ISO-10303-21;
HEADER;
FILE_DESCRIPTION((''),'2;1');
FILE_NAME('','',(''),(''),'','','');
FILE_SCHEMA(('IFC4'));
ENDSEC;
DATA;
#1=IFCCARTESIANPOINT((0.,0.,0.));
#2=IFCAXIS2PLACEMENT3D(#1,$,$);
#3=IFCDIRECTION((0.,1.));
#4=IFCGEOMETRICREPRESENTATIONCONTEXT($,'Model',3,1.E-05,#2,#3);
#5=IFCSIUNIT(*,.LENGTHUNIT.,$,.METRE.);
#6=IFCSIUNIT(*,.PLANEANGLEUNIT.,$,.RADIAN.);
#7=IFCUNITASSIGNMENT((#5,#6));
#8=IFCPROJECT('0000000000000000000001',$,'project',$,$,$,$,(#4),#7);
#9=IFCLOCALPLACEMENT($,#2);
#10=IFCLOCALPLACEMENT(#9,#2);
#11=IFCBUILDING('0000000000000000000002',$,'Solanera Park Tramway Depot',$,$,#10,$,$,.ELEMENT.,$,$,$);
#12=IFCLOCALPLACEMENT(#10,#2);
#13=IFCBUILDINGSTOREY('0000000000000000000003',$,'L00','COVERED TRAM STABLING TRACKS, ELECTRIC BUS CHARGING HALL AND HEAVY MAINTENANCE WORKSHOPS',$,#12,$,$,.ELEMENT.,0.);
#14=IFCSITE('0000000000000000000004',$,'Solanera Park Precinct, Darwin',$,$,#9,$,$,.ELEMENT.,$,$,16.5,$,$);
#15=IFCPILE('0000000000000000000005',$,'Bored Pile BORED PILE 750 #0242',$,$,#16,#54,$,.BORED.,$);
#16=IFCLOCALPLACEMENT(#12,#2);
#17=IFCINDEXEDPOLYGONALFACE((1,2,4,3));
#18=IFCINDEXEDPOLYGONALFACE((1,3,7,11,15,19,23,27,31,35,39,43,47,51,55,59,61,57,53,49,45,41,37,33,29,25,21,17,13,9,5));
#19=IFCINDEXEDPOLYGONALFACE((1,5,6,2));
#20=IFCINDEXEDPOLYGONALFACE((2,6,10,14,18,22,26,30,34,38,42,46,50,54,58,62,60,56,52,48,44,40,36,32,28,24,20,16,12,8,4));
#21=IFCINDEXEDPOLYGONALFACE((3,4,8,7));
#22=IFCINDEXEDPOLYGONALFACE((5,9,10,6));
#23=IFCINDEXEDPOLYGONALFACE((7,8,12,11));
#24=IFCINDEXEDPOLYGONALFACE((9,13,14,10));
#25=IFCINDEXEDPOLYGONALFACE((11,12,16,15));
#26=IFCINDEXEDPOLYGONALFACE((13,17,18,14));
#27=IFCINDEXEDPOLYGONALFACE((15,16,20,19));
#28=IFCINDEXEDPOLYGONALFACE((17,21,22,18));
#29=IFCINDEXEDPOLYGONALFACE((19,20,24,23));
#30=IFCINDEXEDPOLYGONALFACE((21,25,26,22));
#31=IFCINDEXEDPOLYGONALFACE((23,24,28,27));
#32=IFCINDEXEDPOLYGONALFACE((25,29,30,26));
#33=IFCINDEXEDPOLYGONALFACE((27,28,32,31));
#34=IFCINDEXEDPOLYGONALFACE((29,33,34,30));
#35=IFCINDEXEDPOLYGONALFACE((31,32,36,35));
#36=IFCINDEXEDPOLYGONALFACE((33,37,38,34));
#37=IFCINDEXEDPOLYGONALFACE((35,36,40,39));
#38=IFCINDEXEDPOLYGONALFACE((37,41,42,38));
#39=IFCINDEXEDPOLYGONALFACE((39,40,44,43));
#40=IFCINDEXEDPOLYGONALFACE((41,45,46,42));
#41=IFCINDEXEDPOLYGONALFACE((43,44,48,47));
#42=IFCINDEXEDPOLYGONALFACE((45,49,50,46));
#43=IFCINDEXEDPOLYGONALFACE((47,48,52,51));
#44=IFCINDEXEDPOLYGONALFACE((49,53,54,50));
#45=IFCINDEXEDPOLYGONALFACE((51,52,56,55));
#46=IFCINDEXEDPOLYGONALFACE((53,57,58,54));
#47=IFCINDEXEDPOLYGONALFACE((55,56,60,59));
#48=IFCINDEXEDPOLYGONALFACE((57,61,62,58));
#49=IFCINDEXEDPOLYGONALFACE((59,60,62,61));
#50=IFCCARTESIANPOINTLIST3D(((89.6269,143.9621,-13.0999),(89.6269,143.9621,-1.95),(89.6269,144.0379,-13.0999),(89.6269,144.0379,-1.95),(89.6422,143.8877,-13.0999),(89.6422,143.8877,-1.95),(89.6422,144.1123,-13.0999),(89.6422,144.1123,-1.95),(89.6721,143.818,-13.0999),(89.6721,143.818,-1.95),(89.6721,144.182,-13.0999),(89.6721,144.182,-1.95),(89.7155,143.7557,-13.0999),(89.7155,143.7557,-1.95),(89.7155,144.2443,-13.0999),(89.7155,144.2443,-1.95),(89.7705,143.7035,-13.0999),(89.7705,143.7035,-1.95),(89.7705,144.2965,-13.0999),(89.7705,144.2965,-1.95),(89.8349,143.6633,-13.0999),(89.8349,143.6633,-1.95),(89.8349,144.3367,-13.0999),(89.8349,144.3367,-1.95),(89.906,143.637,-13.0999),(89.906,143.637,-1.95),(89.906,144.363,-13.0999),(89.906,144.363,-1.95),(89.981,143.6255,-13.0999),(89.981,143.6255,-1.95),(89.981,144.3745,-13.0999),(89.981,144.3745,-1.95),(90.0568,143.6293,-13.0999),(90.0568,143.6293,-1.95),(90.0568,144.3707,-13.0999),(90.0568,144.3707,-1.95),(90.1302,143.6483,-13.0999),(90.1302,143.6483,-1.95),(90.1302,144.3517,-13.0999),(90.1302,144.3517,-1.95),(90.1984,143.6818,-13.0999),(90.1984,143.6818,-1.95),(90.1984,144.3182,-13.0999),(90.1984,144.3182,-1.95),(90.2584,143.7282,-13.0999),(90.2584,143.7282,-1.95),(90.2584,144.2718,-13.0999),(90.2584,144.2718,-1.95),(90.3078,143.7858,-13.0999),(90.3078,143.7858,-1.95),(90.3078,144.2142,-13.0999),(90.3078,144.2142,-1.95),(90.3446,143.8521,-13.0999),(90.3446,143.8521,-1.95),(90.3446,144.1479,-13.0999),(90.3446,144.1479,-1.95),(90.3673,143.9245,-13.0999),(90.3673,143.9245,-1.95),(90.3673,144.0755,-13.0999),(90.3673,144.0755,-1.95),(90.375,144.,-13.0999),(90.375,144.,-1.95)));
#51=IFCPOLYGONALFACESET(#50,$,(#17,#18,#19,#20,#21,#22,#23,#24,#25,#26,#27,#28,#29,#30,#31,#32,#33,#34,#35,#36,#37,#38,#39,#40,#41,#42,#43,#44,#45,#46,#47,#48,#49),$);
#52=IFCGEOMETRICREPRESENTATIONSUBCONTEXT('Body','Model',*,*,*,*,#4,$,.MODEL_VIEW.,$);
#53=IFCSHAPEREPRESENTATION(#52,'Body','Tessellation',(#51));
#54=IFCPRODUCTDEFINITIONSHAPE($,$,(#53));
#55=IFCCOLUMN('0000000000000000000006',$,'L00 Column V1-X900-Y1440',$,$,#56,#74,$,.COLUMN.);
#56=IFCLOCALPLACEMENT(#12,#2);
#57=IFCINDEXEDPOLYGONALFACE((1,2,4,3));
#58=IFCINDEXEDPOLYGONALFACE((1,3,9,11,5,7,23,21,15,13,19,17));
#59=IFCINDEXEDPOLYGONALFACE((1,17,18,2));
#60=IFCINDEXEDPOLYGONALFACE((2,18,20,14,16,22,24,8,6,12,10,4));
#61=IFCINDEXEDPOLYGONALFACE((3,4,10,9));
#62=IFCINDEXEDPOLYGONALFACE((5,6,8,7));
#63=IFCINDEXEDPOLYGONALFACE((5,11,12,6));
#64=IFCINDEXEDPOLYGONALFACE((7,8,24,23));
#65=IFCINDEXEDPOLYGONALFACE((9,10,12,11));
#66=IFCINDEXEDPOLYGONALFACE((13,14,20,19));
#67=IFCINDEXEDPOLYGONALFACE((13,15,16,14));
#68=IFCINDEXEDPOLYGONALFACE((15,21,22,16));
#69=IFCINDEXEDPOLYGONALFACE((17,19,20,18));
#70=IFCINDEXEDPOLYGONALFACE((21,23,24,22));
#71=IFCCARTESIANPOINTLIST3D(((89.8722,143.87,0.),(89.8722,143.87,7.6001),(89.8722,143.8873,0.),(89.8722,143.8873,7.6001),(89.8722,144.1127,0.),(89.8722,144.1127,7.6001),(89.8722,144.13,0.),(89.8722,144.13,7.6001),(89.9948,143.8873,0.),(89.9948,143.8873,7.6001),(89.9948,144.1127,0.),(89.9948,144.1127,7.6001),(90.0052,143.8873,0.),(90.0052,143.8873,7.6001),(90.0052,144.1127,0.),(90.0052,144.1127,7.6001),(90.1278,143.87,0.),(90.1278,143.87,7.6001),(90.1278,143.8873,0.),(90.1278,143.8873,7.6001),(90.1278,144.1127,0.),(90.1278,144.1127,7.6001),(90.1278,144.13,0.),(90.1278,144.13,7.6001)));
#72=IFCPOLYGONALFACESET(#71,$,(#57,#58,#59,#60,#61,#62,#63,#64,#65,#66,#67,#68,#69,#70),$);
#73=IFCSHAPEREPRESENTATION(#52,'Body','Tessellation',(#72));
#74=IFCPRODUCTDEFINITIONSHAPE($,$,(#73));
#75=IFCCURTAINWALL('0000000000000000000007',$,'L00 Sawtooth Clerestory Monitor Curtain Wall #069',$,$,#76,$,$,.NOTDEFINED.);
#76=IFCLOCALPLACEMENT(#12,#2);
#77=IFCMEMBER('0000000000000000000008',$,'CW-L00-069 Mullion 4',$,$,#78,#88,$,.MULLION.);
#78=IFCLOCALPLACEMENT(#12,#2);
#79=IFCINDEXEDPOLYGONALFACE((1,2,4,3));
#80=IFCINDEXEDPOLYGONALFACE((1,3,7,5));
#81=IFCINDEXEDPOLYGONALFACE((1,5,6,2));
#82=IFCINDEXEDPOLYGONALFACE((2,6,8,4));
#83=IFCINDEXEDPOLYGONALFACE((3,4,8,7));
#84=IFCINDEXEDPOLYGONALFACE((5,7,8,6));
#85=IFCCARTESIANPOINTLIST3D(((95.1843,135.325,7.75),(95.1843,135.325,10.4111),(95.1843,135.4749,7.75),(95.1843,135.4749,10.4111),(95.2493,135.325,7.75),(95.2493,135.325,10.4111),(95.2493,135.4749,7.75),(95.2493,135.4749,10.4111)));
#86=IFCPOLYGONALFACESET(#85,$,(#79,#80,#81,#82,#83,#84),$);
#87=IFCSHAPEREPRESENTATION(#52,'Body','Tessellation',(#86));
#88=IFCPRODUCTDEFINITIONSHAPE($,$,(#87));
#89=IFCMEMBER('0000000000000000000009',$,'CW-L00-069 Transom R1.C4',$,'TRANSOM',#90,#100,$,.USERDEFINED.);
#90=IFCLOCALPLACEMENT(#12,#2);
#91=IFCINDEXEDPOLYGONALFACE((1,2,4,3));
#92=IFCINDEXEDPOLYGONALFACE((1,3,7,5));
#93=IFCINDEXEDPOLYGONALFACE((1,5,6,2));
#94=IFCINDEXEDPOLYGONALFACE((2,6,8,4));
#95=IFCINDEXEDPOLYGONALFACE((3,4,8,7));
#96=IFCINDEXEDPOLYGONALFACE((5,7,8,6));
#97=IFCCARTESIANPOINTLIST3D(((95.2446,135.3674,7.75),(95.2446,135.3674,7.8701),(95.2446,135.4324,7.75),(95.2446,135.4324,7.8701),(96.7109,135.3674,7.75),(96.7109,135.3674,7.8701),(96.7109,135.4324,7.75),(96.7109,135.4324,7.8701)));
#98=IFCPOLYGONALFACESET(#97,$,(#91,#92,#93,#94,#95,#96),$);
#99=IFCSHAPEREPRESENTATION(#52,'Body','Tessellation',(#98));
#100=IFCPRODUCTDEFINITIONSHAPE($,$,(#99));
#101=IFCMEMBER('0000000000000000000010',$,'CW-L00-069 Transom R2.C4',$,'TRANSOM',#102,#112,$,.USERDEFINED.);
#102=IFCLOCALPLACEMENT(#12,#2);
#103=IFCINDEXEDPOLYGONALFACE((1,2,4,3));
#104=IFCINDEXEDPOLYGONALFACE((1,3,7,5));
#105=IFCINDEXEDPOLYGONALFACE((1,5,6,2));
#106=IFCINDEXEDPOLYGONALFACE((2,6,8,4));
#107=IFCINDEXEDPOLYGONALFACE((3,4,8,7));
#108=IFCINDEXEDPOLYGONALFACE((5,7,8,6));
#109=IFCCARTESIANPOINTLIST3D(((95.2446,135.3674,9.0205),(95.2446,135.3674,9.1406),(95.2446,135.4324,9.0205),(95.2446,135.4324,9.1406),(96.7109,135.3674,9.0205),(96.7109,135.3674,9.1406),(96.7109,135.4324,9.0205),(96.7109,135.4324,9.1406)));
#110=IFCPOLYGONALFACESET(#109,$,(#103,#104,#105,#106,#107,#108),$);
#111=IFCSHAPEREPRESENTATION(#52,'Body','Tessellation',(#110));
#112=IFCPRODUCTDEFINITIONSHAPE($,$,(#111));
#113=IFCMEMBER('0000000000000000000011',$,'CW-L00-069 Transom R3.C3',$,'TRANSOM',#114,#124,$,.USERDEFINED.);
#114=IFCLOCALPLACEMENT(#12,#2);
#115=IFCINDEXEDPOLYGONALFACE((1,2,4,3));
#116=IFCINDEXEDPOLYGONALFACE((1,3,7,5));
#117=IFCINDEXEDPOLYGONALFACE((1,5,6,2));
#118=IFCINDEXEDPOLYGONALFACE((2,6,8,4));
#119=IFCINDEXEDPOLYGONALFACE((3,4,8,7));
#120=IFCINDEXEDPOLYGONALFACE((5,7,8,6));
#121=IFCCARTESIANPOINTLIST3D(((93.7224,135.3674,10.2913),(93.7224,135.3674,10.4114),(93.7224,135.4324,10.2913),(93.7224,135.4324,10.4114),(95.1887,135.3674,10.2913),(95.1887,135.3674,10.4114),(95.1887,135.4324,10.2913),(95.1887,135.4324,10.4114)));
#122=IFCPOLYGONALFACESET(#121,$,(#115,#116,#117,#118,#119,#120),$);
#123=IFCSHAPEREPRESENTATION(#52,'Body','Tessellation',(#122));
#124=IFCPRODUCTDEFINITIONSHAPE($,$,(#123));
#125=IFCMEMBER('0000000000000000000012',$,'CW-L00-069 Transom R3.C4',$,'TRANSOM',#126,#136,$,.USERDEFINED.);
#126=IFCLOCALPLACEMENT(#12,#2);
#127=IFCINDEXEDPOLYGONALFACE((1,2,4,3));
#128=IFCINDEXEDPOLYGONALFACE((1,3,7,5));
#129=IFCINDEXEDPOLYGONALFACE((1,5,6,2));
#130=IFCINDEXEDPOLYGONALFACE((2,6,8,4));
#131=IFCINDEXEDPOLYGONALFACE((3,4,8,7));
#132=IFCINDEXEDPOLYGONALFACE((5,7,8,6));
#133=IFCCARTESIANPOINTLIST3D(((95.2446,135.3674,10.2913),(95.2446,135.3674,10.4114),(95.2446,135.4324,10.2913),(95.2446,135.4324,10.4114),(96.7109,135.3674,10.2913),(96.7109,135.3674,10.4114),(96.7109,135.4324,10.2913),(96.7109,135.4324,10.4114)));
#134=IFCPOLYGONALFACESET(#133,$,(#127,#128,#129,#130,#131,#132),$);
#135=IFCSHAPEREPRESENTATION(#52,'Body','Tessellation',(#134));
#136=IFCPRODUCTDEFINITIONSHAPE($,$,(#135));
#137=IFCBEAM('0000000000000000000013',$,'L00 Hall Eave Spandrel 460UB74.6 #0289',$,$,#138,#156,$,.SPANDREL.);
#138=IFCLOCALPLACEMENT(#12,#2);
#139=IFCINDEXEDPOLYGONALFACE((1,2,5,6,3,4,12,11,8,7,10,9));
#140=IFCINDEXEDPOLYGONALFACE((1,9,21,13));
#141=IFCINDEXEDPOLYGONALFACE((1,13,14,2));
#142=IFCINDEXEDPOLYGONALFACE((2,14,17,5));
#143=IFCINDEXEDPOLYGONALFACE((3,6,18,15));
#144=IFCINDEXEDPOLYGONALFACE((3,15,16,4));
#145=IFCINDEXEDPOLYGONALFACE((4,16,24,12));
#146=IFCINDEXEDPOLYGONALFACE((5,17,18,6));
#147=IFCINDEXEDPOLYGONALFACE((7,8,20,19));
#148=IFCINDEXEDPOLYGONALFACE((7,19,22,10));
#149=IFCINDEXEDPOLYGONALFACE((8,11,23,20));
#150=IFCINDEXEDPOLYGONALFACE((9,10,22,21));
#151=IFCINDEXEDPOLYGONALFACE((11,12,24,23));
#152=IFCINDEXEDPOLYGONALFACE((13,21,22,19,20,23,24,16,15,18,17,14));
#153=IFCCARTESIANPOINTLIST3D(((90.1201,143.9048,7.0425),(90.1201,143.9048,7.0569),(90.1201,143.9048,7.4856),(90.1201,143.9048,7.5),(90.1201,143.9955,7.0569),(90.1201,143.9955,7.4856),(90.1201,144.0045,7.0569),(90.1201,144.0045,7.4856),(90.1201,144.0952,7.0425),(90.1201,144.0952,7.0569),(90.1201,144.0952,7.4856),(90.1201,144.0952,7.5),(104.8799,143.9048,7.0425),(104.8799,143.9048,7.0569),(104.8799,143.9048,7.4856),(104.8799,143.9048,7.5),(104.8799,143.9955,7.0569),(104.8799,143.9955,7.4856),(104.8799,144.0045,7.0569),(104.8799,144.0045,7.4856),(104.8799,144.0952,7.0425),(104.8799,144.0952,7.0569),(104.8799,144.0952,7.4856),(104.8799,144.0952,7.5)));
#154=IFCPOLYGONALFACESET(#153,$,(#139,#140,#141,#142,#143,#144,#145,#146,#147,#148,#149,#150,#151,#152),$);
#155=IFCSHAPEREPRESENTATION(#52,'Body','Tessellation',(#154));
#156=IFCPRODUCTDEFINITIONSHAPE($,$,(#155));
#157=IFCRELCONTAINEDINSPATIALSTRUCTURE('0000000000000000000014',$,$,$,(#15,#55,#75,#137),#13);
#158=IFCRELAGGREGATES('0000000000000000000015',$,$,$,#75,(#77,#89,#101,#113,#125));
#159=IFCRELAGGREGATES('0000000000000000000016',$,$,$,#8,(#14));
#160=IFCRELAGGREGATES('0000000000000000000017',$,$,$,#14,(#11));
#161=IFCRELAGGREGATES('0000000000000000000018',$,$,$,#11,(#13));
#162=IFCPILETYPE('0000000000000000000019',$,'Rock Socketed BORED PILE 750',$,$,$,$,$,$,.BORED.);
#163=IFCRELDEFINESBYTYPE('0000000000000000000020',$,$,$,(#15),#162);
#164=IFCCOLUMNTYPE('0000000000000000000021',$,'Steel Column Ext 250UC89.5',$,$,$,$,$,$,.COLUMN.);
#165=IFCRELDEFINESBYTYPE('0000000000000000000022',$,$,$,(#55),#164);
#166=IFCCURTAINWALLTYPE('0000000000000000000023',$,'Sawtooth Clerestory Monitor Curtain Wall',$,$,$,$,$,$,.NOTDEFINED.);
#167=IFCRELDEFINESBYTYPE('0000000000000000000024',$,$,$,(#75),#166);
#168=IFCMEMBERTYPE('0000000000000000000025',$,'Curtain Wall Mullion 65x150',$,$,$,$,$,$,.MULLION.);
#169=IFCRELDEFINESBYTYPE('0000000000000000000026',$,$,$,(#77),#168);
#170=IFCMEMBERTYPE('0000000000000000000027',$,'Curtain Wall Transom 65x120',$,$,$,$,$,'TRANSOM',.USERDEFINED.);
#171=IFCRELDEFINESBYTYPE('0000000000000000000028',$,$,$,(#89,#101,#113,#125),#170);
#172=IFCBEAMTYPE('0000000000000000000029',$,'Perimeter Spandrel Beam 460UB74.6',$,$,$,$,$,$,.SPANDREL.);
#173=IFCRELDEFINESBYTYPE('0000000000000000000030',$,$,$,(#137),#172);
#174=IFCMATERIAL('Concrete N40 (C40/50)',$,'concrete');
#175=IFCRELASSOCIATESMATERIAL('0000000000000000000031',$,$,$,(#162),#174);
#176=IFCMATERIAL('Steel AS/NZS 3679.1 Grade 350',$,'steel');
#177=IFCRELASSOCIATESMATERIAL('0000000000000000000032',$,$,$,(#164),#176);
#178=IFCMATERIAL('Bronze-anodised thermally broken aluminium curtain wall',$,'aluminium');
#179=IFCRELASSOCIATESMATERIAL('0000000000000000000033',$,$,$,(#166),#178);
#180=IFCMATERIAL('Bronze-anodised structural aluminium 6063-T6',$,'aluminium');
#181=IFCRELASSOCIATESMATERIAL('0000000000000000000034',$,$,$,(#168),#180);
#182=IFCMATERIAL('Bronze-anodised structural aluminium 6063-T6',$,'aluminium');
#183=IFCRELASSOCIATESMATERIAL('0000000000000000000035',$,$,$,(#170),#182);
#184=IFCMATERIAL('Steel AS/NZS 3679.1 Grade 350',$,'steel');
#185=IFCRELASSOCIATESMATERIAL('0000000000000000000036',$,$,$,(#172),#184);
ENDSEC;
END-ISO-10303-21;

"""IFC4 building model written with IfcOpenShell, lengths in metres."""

from ifc_helpers import new_model, si_unit, direction, frame, origin, origin_2d, place, context, subcontext, project, spatial, rectangle, circle, i_section, extrude, material, material_profile, profile_set, type_object, element, aggregate, save


model = new_model("IFC4")

# Units and contexts
model_context = context("Model", 3, precision=1e-05, world=origin(), true_north=direction((0.0, 1.0)))
body_context = subcontext(model_context, "Body", "Model", "MODEL_VIEW")
ifc_project = project(units=[si_unit("LENGTHUNIT", "METRE"), si_unit("PLANEANGLEUNIT", "RADIAN")], contexts=[model_context])

# Site, building, storey
site_placement = place(None, origin())
site = spatial("IfcSite", under=ifc_project, at=site_placement, Name="Solanera Park Precinct, Darwin", CompositionType="ELEMENT", RefElevation=16.5)
building_placement = place(site_placement, origin())
building = spatial("IfcBuilding", under=site, at=building_placement, Name="Solanera Park Tramway Depot", CompositionType="ELEMENT")
storey_placement = place(building_placement, origin())
storey = spatial("IfcBuildingStorey", under=building, at=storey_placement, Name="L00", Description="COVERED TRAM STABLING TRACKS, ELECTRIC BUS CHARGING HALL AND HEAVY MAINTENANCE WORKSHOPS", CompositionType="ELEMENT", Elevation=0.0)

# Pile
ifc_material_1 = material(Name="Concrete N40 (C40/50)", Category="concrete")
ifc_material_profile_1 = material_profile(ifc_material_1, circle(Radius=0.375, at=origin_2d()), Name="BORED PILE 750")
ifc_profile_set_1 = profile_set([ifc_material_profile_1], Name="Concrete N40 (C40/50)")
pile_type = type_object("IfcPileType", Name="Rock Socketed BORED PILE 750", PredefinedType="BORED", material=ifc_profile_set_1)
pile_placement = place(storey_placement, frame((90.0, 144.0, -1.95), z_axis=(0.0, 0.0, -1.0), x_axis=(1.0, 0.0, 0.0)))
element("IfcPile", 1, at=pile_placement, inside=storey, type_object=pile_type, Name="Bored Pile BORED PILE 750 #0242", PredefinedType="BORED", context=body_context, shape_type="SweptSolid", body=[
    extrude(circle(Radius=0.375, at=origin_2d()), origin(), (0.0, 0.0, 1.0), 11.1499),
])

# Column
ifc_material_2 = material(Name="Steel AS/NZS 3679.1 Grade 350", Category="steel")
ifc_material_profile_2 = material_profile(ifc_material_2, i_section(OverallWidth=0.2556, OverallDepth=0.26, WebThickness=0.0105, FlangeThickness=0.0173, at=origin_2d()), Name="250UC89.5")
ifc_profile_set_2 = profile_set([ifc_material_profile_2], Name="Steel AS/NZS 3679.1 Grade 350")
column_type = type_object("IfcColumnType", Name="Steel Column Ext 250UC89.5", PredefinedType="COLUMN", material=ifc_profile_set_2)
column_placement = place(storey_placement, frame((90.0, 144.0, 0.0), z_axis=(0.0, 0.0, 1.0), x_axis=(1.0, 0.0, 0.0)))
element("IfcColumn", 2, at=column_placement, inside=storey, type_object=column_type, Name="L00 Column V1-X900-Y1440", PredefinedType="COLUMN", context=body_context, shape_type="SweptSolid", body=[
    extrude(i_section(OverallWidth=0.2556, OverallDepth=0.26, WebThickness=0.0105, FlangeThickness=0.0173, at=origin_2d()), origin(), (0.0, 0.0, 1.0), 7.6001),
])

# Curtain wall, members
ifc_material_3 = material(Name="Bronze-anodised thermally broken aluminium curtain wall", Category="aluminium")
curtain_wall_type = type_object("IfcCurtainWallType", Name="Sawtooth Clerestory Monitor Curtain Wall", PredefinedType="NOTDEFINED", material=ifc_material_3)
curtain_wall_placement = place(storey_placement, origin())
curtain_wall = element("IfcCurtainWall", 3, at=curtain_wall_placement, inside=storey, type_object=curtain_wall_type, Name="L00 Sawtooth Clerestory Monitor Curtain Wall #069", PredefinedType="NOTDEFINED")
ifc_material_4 = material(Name="Bronze-anodised structural aluminium 6063-T6", Category="aluminium")
ifc_material_profile_3 = material_profile(ifc_material_4, rectangle(XDim=0.0649, YDim=0.1499, at=origin_2d()), Name="Curtain Wall Mullion 65x150")
ifc_profile_set_3 = profile_set([ifc_material_profile_3], Name="Bronze-anodised structural aluminium 6063-T6")
member_type_1 = type_object("IfcMemberType", Name="Curtain Wall Mullion 65x150", PredefinedType="MULLION", material=ifc_profile_set_3)
member_1_placement = place(storey_placement, frame((95.2168, 135.3999, 7.75), z_axis=(0.0, 0.0, 1.0), x_axis=(1.0, 0.0, 0.0)))
member_1 = element("IfcMember", 4, at=member_1_placement, type_object=member_type_1, Name="CW-L00-069 Mullion 4", PredefinedType="MULLION", context=body_context, shape_type="SweptSolid", body=[
    extrude(rectangle(XDim=0.0649, YDim=0.1499, at=origin_2d()), origin(), (0.0, 0.0, 1.0), 2.6611),
])
ifc_material_5 = material(Name="Bronze-anodised structural aluminium 6063-T6", Category="aluminium")
ifc_material_profile_4 = material_profile(ifc_material_5, rectangle(XDim=0.0649, YDim=0.1201, at=origin_2d()), Name="Curtain Wall Transom 65x120")
ifc_profile_set_4 = profile_set([ifc_material_profile_4], Name="Bronze-anodised structural aluminium 6063-T6")
member_type_2 = type_object("IfcMemberType", Name="Curtain Wall Transom 65x120", ElementType="TRANSOM", PredefinedType="USERDEFINED", material=ifc_profile_set_4)
member_2_placement = place(storey_placement, frame((95.2446, 135.3999, 7.8101), z_axis=(1.0, 0.0, 0.0), x_axis=(0.0, 1.0, 0.0)))
member_2 = element("IfcMember", 5, at=member_2_placement, type_object=member_type_2, Name="CW-L00-069 Transom R1.C4", ObjectType="TRANSOM", PredefinedType="USERDEFINED", context=body_context, shape_type="SweptSolid", body=[
    extrude(rectangle(XDim=0.0649, YDim=0.1201, at=origin_2d()), origin(), (0.0, 0.0, 1.0), 1.4663),
])
member_3_placement = place(storey_placement, frame((95.2446, 135.3999, 9.0806), z_axis=(1.0, 0.0, 0.0), x_axis=(0.0, 1.0, 0.0)))
member_3 = element("IfcMember", 6, at=member_3_placement, type_object=member_type_2, Name="CW-L00-069 Transom R2.C4", ObjectType="TRANSOM", PredefinedType="USERDEFINED", context=body_context, shape_type="SweptSolid", body=[
    extrude(rectangle(XDim=0.0649, YDim=0.1201, at=origin_2d()), origin(), (0.0, 0.0, 1.0), 1.4663),
])
member_4_placement = place(storey_placement, frame((93.7224, 135.3999, 10.3513), z_axis=(1.0, 0.0, 0.0), x_axis=(0.0, 1.0, 0.0)))
member_4 = element("IfcMember", 7, at=member_4_placement, type_object=member_type_2, Name="CW-L00-069 Transom R3.C3", ObjectType="TRANSOM", PredefinedType="USERDEFINED", context=body_context, shape_type="SweptSolid", body=[
    extrude(rectangle(XDim=0.0649, YDim=0.1201, at=origin_2d()), origin(), (0.0, 0.0, 1.0), 1.4663),
])
member_5_placement = place(storey_placement, frame((95.2446, 135.3999, 10.3513), z_axis=(1.0, 0.0, 0.0), x_axis=(0.0, 1.0, 0.0)))
member_5 = element("IfcMember", 8, at=member_5_placement, type_object=member_type_2, Name="CW-L00-069 Transom R3.C4", ObjectType="TRANSOM", PredefinedType="USERDEFINED", context=body_context, shape_type="SweptSolid", body=[
    extrude(rectangle(XDim=0.0649, YDim=0.1201, at=origin_2d()), origin(), (0.0, 0.0, 1.0), 1.4663),
])

# Beam
ifc_material_6 = material(Name="Steel AS/NZS 3679.1 Grade 350", Category="steel")
ifc_material_profile_5 = material_profile(ifc_material_6, i_section(OverallWidth=0.1904, OverallDepth=0.4575, WebThickness=0.009, FlangeThickness=0.0144, at=origin_2d()), Name="460UB74.6")
ifc_profile_set_5 = profile_set([ifc_material_profile_5], Name="Steel AS/NZS 3679.1 Grade 350")
beam_type_1 = type_object("IfcBeamType", Name="Perimeter Spandrel Beam 460UB74.6", PredefinedType="SPANDREL", material=ifc_profile_set_5)
beam_1_placement = place(storey_placement, frame((90.1201, 144.0, 7.2712), z_axis=(1.0, 0.0, 0.0), x_axis=(0.0, 1.0, 0.0)))
element("IfcBeam", 9, at=beam_1_placement, inside=storey, type_object=beam_type_1, Name="L00 Hall Eave Spandrel 460UB74.6 #0289", PredefinedType="SPANDREL", context=body_context, shape_type="SweptSolid", body=[
    extrude(i_section(OverallWidth=0.1904, OverallDepth=0.4575, WebThickness=0.009, FlangeThickness=0.0144, at=origin_2d()), origin(), (0.0, 0.0, 1.0), 14.7598),
])

aggregate(curtain_wall, [member_1, member_2, member_3, member_4, member_5])

save(model, "model.ifc")
